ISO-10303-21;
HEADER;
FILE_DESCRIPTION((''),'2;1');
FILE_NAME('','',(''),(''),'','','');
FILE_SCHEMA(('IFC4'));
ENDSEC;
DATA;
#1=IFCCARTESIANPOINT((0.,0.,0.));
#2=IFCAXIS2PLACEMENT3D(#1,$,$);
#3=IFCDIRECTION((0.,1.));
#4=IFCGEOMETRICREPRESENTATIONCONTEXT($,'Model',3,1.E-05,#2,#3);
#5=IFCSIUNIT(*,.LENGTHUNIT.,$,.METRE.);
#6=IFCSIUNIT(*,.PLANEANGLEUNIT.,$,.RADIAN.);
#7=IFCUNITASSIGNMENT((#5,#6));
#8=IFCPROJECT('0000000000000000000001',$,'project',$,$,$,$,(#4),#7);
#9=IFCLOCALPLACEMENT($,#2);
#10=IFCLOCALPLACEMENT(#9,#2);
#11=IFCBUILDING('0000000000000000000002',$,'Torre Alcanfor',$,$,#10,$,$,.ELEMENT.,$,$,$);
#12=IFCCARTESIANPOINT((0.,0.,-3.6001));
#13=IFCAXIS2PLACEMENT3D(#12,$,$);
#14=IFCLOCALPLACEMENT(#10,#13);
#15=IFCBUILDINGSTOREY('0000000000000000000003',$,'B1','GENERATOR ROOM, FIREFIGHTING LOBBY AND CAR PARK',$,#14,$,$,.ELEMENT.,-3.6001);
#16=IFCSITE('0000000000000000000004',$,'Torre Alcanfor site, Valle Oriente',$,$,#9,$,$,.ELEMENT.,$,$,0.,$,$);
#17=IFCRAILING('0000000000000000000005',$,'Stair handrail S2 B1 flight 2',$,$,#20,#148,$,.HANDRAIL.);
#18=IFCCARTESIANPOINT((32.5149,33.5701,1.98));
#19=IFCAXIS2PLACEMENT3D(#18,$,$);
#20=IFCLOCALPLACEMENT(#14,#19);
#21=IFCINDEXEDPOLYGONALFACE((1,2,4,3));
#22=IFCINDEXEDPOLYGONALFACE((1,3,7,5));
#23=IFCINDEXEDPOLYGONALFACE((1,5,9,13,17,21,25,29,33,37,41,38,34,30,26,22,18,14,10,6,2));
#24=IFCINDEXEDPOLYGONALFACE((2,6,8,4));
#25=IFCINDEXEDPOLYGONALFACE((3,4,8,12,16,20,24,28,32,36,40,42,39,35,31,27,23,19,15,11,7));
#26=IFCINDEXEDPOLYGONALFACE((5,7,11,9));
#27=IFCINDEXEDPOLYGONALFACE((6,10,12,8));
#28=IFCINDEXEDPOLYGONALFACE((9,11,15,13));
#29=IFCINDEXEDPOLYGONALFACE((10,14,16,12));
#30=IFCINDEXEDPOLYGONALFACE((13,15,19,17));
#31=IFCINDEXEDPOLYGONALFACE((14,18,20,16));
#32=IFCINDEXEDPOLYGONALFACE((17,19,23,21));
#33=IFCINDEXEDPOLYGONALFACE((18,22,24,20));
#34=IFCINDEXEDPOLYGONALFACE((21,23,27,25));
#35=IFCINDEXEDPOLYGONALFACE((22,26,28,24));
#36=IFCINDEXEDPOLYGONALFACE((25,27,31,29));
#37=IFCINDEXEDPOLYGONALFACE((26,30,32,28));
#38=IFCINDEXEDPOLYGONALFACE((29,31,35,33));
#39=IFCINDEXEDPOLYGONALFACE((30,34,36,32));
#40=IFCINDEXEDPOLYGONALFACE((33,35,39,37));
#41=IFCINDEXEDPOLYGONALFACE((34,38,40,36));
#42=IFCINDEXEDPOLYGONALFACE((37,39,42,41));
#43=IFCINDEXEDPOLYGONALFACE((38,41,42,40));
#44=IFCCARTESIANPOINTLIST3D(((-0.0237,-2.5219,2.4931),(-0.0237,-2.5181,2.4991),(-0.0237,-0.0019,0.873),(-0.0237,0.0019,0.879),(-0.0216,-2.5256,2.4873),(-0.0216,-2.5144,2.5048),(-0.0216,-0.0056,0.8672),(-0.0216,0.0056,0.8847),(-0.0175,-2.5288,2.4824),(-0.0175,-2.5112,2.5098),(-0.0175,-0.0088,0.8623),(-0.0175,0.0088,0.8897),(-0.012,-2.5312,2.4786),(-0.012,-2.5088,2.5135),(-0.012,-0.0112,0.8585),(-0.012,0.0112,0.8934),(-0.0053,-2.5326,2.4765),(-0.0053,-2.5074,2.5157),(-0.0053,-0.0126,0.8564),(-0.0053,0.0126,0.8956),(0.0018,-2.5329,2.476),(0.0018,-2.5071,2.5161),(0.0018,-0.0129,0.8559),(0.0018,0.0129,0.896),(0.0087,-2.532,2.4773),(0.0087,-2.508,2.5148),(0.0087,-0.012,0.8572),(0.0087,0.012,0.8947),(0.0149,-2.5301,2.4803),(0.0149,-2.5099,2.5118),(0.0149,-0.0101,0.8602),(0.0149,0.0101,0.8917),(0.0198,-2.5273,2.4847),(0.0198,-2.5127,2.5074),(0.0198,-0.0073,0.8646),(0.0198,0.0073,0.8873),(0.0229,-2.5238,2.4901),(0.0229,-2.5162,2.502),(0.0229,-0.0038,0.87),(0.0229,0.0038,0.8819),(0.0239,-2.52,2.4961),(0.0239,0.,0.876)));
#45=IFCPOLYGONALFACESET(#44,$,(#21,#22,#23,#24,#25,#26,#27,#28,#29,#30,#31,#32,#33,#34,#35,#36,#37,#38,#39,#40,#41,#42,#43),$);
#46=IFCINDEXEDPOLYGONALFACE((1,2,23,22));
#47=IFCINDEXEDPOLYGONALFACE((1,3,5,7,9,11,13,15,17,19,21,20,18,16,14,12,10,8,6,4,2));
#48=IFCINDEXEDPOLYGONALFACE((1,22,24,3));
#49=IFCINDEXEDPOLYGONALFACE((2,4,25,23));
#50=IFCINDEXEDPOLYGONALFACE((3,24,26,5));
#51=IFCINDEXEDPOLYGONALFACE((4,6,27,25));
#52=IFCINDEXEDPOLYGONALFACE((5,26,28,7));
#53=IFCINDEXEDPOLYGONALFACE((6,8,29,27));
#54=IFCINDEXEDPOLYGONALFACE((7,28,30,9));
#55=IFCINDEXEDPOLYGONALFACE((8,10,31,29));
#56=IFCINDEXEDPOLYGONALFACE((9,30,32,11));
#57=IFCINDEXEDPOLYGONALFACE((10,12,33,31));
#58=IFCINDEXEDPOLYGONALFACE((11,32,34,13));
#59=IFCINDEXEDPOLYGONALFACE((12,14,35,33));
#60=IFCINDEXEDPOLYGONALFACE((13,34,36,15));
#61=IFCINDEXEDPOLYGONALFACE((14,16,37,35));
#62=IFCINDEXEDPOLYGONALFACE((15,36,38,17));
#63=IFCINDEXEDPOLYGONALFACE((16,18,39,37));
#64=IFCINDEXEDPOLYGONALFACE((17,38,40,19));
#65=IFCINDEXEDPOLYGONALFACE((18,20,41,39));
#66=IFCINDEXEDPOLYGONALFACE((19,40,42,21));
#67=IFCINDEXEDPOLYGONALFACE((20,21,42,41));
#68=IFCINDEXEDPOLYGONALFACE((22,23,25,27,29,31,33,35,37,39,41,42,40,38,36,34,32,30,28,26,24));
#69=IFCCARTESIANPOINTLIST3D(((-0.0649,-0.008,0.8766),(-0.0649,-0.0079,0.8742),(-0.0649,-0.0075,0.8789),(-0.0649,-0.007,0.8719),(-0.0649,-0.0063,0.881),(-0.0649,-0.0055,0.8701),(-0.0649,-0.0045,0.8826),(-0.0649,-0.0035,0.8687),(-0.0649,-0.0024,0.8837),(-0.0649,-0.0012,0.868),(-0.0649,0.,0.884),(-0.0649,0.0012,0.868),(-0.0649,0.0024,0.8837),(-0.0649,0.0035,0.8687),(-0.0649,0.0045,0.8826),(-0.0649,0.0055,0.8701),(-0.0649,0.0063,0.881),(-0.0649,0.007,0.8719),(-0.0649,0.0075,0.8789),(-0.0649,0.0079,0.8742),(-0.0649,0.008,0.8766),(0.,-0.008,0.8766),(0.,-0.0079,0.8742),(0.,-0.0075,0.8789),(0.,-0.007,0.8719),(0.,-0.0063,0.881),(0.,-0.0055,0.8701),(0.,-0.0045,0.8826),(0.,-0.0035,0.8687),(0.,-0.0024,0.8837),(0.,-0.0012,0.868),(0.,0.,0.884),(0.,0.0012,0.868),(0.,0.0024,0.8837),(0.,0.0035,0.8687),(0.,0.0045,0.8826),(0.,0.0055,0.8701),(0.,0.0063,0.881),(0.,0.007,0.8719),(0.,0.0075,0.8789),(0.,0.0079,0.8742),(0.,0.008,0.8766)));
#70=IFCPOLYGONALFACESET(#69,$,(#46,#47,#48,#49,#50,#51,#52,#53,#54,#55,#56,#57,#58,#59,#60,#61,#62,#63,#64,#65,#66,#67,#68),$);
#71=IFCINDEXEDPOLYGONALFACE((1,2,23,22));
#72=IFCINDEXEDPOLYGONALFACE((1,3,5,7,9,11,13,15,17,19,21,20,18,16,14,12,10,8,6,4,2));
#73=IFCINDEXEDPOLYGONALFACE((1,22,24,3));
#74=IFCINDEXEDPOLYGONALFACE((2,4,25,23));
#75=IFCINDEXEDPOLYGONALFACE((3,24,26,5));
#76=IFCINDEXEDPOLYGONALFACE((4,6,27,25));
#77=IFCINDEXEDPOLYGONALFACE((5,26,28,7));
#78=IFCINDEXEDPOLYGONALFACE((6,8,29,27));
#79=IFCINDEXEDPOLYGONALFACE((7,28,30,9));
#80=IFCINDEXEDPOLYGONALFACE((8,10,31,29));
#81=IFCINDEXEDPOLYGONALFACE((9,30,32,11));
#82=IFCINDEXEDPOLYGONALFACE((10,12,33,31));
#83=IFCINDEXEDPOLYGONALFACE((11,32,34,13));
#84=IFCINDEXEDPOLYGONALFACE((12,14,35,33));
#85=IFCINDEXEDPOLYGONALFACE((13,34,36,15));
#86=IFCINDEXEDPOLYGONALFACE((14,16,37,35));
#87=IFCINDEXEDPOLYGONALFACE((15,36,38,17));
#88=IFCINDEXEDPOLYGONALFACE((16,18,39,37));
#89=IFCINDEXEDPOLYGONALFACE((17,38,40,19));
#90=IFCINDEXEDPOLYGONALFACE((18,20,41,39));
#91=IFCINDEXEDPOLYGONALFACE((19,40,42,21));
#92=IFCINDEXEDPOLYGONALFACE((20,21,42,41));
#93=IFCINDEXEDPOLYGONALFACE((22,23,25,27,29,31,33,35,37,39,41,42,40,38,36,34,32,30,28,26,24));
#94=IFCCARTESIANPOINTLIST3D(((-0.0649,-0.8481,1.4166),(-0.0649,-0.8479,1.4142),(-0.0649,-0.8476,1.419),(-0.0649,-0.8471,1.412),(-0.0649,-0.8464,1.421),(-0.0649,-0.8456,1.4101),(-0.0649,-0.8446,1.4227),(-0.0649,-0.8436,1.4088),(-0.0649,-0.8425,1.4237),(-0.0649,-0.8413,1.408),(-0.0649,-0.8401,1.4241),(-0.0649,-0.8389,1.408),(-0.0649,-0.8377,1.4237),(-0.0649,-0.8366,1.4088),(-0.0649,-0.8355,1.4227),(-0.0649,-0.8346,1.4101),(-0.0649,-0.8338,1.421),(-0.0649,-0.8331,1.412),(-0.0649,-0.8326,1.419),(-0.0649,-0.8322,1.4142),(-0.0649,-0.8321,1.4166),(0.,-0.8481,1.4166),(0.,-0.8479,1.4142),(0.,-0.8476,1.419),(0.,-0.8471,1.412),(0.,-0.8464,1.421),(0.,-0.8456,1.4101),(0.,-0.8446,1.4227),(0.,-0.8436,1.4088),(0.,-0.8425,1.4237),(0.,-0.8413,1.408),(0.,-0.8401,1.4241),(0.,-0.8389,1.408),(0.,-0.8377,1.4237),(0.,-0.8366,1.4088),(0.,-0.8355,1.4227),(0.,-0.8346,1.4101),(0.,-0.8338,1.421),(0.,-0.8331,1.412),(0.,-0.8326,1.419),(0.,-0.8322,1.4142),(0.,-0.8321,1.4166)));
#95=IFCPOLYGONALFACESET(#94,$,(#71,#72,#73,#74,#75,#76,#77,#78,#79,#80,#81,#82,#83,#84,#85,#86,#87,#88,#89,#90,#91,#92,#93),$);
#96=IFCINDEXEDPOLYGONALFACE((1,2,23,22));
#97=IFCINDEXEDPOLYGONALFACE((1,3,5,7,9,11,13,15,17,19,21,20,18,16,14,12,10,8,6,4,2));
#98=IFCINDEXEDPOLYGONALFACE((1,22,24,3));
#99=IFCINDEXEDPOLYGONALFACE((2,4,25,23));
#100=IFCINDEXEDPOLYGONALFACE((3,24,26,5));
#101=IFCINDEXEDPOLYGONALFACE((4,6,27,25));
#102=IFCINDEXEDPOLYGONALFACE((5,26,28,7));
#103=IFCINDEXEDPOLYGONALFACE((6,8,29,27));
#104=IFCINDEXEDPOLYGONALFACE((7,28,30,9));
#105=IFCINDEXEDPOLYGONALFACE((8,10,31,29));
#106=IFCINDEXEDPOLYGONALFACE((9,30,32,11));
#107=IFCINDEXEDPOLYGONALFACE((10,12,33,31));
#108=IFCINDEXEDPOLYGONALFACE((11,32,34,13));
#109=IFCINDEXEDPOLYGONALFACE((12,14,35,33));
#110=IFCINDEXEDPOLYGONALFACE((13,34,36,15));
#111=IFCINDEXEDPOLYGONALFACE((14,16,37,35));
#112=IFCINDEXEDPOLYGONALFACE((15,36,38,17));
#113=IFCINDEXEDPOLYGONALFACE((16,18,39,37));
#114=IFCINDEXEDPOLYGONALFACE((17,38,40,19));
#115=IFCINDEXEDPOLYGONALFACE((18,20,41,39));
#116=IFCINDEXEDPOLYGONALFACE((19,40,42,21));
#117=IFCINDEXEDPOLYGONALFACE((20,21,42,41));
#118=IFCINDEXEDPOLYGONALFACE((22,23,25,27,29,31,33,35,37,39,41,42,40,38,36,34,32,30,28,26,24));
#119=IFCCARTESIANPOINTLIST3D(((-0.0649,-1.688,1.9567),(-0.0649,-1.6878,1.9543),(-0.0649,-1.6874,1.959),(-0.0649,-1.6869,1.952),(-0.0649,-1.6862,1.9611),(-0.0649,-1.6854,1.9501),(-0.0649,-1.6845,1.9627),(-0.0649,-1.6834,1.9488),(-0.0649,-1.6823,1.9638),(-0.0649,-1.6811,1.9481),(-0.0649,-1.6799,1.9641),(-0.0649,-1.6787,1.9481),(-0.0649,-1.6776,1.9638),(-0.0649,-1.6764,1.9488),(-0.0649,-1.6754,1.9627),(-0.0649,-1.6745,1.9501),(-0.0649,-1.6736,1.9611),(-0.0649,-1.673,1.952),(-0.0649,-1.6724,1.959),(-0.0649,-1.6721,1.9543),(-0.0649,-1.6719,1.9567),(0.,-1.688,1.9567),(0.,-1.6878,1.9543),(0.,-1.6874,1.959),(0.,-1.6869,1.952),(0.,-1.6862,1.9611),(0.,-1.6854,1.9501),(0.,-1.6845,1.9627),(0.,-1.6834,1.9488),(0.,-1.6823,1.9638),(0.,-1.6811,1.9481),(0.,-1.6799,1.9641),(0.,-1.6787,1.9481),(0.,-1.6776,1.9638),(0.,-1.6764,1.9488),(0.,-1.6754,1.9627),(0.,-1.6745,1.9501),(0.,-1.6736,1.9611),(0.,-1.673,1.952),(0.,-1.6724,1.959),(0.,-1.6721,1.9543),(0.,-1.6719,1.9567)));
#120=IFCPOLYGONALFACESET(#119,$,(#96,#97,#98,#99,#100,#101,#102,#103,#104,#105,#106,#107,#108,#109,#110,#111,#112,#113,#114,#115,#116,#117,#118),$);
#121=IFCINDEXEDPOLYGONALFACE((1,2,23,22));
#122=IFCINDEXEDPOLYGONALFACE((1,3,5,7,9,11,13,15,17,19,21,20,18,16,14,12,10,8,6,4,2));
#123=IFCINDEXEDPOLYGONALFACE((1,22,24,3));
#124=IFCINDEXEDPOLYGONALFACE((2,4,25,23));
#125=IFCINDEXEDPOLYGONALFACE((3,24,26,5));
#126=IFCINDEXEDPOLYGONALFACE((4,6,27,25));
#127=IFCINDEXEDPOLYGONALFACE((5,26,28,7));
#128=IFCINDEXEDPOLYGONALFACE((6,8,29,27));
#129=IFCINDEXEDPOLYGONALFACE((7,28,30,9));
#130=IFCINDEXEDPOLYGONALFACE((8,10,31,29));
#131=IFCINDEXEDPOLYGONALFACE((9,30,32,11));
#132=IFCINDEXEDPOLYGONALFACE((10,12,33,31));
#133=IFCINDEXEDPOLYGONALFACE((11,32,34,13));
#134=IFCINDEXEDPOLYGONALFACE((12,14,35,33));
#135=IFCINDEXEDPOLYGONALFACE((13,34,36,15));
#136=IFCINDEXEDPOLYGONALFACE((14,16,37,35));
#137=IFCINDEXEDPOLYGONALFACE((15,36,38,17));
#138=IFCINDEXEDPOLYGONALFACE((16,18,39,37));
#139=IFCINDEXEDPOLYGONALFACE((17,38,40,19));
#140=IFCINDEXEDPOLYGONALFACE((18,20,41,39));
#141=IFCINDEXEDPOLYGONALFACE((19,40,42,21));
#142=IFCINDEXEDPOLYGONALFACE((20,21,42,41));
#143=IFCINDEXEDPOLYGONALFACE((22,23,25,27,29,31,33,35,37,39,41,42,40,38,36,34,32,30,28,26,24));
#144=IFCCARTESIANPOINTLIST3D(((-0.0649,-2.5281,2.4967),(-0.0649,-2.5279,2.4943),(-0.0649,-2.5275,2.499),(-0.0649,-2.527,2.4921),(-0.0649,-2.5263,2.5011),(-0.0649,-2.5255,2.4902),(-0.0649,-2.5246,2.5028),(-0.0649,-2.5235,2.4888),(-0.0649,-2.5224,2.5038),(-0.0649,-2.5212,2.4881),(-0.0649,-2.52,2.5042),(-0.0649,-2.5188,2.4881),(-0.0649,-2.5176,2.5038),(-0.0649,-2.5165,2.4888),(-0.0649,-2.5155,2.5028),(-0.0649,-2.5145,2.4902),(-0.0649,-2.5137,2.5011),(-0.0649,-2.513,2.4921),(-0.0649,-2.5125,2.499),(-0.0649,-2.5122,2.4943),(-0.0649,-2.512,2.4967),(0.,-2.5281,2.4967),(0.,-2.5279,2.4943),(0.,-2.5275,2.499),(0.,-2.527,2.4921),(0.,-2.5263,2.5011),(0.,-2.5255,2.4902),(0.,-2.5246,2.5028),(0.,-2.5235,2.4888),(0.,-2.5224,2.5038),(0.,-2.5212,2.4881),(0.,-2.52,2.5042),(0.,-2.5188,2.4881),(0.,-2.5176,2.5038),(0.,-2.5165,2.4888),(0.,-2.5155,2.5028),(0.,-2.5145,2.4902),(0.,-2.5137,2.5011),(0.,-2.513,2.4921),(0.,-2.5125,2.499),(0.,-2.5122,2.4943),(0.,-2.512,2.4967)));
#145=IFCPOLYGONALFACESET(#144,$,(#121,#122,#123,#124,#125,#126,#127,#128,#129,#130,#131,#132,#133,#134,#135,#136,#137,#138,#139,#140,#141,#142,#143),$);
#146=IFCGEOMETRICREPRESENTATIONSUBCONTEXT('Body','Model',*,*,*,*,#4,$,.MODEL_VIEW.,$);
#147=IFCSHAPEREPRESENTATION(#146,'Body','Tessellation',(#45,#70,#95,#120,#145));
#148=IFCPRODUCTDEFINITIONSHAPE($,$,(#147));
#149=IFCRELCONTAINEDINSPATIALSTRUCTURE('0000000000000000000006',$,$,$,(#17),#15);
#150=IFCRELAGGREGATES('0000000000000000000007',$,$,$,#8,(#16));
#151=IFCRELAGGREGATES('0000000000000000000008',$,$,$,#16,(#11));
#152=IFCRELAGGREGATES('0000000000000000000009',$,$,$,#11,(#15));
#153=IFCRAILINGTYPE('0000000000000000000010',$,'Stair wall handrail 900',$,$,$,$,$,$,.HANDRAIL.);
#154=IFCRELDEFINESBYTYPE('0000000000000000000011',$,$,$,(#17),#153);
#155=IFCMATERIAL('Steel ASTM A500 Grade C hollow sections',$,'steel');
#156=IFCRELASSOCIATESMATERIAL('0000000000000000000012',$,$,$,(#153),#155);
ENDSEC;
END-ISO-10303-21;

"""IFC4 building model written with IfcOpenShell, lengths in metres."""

from ifc_helpers import new_model, si_unit, direction, frame, origin, origin_2d, place, context, subcontext, project, spatial, circle, extrude, material, type_object, element, save


model = new_model("IFC4")

# Units and contexts
model_context = context("Model", 3, precision=1e-05, world=origin(), true_north=direction((0.0, 1.0)))
body_context = subcontext(model_context, "Body", "Model", "MODEL_VIEW")
ifc_project = project(units=[si_unit("LENGTHUNIT", "METRE"), si_unit("PLANEANGLEUNIT", "RADIAN")], contexts=[model_context])

# Site, building, storey
site_placement = place(None, origin())
site = spatial("IfcSite", under=ifc_project, at=site_placement, Name="Torre Alcanfor site, Valle Oriente", CompositionType="ELEMENT", RefElevation=0.0)
building_placement = place(site_placement, origin())
building = spatial("IfcBuilding", under=site, at=building_placement, Name="Torre Alcanfor", CompositionType="ELEMENT")
storey_placement = place(building_placement, frame((0.0, 0.0, -3.6001)))
storey = spatial("IfcBuildingStorey", under=building, at=storey_placement, Name="B1", Description="GENERATOR ROOM, FIREFIGHTING LOBBY AND CAR PARK", CompositionType="ELEMENT", Elevation=-3.6001)

# Railing
ifc_material_1 = material(Name="Steel ASTM A500 Grade C hollow sections", Category="steel")
railing_type_1 = type_object("IfcRailingType", Name="Stair wall handrail 900", PredefinedType="HANDRAIL", material=ifc_material_1)
railing_1_placement = place(storey_placement, frame((32.5149, 33.5701, 1.98)))
element("IfcRailing", 1, at=railing_1_placement, inside=storey, type_object=railing_type_1, Name="Stair handrail S2 B1 flight 2", PredefinedType="HANDRAIL", context=body_context, shape_type="SweptSolid", body=[
    extrude(circle(Radius=0.0239, at=origin_2d()), frame((0.0, 0.0, 0.876), z_axis=(0.0, -0.841163, 0.540782), x_axis=(1.0, 0.0, 0.0)), (0.0, 0.0, 1.0), 2.9958),
    extrude(circle(Radius=0.0081, at=origin_2d()), frame((0.0, 0.0, 0.876), z_axis=(-1.0, 0.0, 0.0), x_axis=(0.0, 0.0, 1.0)), (0.0, 0.0, 1.0), 0.0649),
    extrude(circle(Radius=0.0081, at=origin_2d()), frame((0.0, -0.8401, 1.416), z_axis=(-1.0, 0.0, 0.0), x_axis=(0.0, 0.0, 1.0)), (0.0, 0.0, 1.0), 0.0649),
    extrude(circle(Radius=0.0081, at=origin_2d()), frame((0.0, -1.6799, 1.9561), z_axis=(-1.0, 0.0, 0.0), x_axis=(0.0, 0.0, 1.0)), (0.0, 0.0, 1.0), 0.0649),
    extrude(circle(Radius=0.0081, at=origin_2d()), frame((0.0, -2.52, 2.4961), z_axis=(-1.0, 0.0, 0.0), x_axis=(0.0, 0.0, 1.0)), (0.0, 0.0, 1.0), 0.0649),
])

save(model, "model.ifc")
